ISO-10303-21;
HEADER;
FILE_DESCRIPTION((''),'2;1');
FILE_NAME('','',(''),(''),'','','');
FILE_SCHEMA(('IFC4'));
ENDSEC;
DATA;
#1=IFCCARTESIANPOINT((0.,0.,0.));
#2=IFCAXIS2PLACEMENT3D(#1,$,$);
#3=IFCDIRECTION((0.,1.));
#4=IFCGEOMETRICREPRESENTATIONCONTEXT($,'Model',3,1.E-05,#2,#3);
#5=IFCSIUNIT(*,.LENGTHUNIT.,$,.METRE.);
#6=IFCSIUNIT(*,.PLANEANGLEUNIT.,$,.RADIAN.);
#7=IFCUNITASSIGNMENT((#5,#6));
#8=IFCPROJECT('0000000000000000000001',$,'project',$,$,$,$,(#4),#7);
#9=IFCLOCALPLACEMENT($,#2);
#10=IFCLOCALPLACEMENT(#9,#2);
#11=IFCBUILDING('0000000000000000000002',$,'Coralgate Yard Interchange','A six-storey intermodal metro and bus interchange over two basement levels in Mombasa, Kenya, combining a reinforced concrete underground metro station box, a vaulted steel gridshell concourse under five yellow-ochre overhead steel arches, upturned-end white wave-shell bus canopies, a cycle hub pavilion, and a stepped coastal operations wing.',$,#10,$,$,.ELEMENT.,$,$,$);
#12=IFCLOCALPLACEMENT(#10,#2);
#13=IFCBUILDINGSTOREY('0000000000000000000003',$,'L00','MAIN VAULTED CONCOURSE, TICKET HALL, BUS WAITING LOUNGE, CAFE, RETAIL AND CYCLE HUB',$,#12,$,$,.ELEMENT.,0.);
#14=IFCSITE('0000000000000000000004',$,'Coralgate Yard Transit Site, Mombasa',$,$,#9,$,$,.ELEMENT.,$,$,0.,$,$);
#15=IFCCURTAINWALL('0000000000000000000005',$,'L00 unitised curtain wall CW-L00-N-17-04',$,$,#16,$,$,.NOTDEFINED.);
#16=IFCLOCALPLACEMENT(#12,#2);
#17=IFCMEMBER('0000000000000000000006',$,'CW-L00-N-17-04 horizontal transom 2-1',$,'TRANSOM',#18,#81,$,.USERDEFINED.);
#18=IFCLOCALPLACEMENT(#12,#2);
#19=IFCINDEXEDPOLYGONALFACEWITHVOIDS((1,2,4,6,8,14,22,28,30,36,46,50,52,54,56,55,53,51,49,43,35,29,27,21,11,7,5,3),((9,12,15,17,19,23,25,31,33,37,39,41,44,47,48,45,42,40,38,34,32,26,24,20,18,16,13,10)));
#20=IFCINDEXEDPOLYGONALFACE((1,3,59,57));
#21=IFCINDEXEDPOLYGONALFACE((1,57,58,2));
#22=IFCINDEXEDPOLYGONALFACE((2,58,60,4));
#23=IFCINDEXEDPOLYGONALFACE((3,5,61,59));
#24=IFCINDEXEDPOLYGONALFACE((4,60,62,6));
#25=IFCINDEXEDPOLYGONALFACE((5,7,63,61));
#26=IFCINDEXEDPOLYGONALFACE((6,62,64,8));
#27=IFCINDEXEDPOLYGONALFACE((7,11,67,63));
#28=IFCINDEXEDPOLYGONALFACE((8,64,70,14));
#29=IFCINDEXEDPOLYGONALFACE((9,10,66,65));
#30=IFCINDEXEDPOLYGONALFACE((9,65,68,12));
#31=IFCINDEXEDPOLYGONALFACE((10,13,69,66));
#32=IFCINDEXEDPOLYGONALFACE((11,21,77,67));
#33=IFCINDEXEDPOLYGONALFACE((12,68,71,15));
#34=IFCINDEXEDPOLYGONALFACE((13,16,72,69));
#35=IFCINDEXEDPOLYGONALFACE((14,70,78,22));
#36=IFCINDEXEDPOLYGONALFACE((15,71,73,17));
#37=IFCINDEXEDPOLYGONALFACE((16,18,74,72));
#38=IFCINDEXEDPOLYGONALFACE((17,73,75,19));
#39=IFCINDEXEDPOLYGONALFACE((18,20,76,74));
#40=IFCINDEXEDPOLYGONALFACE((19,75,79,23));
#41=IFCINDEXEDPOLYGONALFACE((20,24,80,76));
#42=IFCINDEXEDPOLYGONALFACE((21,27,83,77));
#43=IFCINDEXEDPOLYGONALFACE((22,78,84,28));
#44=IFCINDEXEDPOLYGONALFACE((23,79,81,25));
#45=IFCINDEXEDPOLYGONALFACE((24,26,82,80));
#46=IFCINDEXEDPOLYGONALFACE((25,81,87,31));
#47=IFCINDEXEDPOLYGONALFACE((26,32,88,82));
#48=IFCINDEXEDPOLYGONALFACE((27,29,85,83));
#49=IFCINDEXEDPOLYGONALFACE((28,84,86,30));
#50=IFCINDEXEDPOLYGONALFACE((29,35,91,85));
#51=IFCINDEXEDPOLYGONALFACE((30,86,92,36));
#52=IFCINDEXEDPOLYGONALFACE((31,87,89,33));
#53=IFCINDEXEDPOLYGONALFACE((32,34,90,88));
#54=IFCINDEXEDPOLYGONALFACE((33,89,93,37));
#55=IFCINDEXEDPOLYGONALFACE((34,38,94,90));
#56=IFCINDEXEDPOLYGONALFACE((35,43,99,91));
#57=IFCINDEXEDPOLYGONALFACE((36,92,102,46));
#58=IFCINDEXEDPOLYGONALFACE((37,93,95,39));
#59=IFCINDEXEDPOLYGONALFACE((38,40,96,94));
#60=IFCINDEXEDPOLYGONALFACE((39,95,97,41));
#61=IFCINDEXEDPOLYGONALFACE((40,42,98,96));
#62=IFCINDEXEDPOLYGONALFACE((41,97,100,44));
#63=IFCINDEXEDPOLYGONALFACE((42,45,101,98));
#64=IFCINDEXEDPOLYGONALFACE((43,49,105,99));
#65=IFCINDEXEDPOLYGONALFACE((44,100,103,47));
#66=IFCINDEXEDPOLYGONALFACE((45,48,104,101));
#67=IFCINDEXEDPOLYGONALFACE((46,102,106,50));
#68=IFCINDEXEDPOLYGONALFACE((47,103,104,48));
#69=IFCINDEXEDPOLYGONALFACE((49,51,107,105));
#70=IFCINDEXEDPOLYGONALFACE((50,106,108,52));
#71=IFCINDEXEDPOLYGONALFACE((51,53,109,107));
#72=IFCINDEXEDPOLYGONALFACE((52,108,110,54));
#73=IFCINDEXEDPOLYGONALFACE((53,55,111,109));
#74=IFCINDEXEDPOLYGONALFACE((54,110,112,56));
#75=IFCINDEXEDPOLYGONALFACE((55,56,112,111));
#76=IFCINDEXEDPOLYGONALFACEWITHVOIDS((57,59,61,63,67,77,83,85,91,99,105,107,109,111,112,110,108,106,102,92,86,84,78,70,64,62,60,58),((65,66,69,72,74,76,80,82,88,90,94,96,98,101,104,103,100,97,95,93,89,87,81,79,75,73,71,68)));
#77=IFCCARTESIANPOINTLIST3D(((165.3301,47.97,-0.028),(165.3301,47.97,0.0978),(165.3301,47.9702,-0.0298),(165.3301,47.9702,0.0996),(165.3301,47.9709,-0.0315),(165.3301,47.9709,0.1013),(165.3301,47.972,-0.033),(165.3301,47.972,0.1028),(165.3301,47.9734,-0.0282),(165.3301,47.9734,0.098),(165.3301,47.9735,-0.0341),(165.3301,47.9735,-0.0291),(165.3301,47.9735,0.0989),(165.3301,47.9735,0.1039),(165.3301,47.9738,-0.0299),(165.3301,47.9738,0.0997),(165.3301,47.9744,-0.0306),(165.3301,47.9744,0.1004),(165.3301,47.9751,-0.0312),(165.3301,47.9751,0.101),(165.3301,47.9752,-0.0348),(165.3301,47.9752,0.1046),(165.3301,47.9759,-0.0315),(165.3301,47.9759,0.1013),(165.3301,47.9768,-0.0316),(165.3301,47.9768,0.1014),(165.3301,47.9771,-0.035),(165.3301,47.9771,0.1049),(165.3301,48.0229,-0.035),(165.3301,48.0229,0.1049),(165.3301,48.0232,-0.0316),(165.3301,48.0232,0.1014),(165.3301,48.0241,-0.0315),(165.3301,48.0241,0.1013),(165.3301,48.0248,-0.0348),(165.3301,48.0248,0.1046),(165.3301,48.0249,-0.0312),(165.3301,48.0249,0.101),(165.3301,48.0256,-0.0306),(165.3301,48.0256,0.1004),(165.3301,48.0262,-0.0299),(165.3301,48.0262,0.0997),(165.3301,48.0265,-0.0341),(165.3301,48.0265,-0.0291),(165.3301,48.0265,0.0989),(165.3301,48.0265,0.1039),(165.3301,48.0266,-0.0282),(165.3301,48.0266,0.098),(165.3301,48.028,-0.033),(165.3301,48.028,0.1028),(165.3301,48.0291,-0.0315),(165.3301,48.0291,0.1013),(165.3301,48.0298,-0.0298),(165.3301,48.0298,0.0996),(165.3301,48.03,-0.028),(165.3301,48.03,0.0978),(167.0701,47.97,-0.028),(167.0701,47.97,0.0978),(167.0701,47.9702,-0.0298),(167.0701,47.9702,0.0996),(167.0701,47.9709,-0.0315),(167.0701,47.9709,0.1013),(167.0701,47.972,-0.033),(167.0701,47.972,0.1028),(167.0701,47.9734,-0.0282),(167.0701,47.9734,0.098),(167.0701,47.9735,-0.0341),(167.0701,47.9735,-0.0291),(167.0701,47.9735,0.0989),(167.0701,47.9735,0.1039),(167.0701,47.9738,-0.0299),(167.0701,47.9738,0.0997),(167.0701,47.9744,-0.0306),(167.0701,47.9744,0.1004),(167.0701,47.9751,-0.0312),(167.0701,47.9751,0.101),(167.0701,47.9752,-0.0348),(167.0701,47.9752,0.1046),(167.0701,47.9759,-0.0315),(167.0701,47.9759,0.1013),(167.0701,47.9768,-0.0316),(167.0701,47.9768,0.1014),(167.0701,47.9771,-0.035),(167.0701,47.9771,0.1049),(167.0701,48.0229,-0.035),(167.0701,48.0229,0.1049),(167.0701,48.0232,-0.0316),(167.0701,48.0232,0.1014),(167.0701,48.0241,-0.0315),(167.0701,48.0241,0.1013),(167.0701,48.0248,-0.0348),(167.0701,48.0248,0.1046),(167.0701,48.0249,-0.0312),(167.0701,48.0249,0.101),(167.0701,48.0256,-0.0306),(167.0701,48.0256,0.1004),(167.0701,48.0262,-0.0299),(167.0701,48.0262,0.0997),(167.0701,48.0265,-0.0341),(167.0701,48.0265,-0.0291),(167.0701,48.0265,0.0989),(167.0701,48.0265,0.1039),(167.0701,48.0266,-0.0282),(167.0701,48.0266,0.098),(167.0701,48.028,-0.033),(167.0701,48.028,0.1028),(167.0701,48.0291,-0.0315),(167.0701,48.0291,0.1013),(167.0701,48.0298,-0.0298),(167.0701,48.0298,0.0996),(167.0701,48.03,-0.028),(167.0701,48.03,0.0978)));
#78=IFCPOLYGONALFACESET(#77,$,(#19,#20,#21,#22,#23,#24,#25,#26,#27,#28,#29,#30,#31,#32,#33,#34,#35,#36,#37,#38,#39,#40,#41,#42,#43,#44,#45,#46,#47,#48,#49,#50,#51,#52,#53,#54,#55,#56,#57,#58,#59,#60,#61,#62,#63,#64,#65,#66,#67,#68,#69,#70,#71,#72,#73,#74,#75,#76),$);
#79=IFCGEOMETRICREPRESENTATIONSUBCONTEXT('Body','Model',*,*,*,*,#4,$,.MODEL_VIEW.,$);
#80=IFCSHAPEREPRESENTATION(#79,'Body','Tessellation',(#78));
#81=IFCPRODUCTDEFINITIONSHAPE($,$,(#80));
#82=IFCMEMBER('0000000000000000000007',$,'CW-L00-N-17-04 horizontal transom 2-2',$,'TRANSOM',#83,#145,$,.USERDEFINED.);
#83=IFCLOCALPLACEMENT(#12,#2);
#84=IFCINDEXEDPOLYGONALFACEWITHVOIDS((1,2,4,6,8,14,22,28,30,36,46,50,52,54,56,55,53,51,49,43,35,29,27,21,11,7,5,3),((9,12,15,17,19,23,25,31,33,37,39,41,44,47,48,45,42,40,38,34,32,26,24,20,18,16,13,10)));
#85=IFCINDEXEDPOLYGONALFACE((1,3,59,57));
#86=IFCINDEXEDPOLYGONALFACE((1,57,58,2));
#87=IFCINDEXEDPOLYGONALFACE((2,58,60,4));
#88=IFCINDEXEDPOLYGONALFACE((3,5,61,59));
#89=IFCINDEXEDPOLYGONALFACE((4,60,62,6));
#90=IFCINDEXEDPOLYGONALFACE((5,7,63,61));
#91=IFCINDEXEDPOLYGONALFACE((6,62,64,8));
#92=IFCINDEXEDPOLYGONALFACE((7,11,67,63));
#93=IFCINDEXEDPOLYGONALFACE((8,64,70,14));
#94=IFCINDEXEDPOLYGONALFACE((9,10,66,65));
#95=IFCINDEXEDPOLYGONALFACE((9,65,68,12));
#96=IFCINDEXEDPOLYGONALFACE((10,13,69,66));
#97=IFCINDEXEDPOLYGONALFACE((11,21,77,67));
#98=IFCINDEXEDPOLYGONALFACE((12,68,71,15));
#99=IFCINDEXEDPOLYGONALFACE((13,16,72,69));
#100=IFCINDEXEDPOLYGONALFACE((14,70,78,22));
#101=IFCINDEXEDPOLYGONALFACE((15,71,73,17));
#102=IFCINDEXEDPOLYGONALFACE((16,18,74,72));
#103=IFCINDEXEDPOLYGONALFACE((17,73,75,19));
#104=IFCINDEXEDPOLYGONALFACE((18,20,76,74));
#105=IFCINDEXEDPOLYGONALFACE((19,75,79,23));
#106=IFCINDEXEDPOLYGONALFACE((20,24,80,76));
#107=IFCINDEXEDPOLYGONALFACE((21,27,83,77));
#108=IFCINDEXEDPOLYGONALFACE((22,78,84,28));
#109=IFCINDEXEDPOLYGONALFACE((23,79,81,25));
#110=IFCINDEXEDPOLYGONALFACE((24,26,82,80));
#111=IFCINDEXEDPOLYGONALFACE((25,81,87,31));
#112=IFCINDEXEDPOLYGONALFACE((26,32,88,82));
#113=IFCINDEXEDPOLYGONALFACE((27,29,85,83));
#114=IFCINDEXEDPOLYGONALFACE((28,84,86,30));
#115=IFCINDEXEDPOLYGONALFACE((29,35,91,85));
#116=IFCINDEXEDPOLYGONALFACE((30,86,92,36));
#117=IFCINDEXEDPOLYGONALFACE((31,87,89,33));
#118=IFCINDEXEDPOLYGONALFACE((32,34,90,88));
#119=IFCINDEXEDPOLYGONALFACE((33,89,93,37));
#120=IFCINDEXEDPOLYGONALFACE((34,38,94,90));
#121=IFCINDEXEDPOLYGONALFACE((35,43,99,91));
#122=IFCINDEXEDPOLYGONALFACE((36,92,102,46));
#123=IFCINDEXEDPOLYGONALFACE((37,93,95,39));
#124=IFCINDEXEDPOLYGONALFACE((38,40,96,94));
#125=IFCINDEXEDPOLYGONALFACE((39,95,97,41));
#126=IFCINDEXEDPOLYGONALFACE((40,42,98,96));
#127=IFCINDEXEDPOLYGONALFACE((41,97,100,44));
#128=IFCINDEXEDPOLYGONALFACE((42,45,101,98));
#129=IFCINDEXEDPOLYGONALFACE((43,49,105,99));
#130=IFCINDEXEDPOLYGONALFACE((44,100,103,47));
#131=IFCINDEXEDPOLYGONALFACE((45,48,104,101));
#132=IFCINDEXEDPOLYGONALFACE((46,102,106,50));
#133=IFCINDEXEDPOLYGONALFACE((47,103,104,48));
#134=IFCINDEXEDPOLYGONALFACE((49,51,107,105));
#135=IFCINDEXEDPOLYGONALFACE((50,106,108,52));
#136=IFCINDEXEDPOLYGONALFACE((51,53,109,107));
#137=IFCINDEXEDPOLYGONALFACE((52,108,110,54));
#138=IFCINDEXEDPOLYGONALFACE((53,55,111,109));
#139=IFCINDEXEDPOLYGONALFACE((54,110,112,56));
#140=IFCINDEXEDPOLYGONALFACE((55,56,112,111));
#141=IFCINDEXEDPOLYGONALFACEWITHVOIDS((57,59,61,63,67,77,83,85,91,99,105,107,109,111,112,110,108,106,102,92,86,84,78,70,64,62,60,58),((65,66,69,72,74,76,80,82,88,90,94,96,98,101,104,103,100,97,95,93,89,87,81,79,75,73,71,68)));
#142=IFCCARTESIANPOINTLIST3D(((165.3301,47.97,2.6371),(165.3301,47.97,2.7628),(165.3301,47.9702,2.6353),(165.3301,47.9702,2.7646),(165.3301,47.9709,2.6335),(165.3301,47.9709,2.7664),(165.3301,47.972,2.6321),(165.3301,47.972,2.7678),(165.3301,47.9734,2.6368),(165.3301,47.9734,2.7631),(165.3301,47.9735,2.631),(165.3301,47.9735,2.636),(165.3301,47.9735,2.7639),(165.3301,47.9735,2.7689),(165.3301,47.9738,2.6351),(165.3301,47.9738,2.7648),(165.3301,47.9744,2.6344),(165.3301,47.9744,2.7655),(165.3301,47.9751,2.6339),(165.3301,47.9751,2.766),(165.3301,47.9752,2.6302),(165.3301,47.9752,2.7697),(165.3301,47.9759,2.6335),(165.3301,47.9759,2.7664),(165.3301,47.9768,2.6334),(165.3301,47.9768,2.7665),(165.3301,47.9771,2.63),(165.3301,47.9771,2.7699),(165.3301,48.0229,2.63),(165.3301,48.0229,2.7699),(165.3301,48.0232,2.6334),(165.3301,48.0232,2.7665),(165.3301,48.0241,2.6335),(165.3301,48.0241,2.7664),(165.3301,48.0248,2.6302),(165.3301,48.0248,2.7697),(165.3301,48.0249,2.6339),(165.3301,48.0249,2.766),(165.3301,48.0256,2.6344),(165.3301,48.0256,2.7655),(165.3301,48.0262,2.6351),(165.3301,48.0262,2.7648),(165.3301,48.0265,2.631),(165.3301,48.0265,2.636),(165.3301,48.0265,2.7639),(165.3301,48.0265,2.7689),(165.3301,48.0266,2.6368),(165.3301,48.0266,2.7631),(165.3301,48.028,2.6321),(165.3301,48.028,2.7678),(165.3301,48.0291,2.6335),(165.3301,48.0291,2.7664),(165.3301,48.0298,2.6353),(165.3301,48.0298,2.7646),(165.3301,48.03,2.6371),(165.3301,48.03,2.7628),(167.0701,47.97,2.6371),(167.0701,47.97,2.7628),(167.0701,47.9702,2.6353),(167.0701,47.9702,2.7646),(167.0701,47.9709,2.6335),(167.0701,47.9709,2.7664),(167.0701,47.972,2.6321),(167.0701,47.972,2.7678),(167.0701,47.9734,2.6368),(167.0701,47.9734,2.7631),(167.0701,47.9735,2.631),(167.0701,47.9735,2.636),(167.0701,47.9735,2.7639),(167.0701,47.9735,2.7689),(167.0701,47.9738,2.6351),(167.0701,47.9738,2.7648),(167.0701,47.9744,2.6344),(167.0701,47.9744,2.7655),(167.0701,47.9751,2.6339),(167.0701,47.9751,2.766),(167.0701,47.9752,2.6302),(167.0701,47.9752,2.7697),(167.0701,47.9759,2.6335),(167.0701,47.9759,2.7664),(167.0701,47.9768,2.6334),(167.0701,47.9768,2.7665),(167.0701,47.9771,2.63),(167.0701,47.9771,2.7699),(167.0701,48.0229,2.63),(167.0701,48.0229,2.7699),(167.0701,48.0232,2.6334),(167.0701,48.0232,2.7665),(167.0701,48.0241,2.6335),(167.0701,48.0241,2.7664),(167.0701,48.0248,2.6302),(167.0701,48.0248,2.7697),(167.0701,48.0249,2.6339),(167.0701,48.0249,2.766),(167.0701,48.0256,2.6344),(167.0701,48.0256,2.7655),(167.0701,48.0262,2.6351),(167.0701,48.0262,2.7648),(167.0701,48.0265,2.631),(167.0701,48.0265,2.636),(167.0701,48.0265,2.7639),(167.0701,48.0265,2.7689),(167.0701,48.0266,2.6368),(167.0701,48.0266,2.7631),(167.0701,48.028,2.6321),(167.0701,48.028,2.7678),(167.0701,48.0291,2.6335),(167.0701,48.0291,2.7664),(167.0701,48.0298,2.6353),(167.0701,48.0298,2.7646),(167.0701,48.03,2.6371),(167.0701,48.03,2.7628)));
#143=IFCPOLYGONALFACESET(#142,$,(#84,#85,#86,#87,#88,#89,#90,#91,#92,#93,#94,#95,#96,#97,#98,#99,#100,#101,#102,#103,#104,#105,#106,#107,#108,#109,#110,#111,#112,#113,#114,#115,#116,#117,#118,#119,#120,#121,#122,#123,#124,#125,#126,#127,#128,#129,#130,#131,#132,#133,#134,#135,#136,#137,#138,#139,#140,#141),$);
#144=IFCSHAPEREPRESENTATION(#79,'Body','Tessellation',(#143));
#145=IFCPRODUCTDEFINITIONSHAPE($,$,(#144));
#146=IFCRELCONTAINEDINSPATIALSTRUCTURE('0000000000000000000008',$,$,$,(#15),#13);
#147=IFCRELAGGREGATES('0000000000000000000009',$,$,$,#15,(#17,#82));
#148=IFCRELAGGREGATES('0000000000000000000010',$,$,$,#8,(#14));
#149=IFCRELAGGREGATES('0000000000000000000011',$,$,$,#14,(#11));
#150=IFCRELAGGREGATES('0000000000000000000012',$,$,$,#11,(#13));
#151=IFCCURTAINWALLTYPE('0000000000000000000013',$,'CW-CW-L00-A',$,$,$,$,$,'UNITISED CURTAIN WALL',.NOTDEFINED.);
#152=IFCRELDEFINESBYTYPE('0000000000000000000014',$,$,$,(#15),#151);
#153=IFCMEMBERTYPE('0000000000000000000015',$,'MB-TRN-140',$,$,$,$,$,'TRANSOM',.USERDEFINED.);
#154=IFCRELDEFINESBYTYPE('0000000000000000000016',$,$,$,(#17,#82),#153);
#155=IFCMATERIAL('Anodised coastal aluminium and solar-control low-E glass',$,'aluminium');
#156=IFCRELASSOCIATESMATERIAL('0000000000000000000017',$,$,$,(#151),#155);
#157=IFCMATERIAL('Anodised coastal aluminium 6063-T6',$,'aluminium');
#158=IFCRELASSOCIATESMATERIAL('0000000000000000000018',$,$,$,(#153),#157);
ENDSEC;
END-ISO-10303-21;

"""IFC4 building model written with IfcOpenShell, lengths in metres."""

from ifc_helpers import new_model, si_unit, direction, frame, origin, origin_2d, place, context, subcontext, project, spatial, hollow_rectangle, extrude, material, material_profile, profile_set, type_object, element, aggregate, save


model = new_model("IFC4")

# Units and contexts
model_context = context("Model", 3, precision=1e-05, world=origin(), true_north=direction((0.0, 1.0)))
body_context = subcontext(model_context, "Body", "Model", "MODEL_VIEW")
ifc_project = project(units=[si_unit("LENGTHUNIT", "METRE"), si_unit("PLANEANGLEUNIT", "RADIAN")], contexts=[model_context])

# Site, building, storey
site_placement = place(None, origin())
site = spatial("IfcSite", under=ifc_project, at=site_placement, Name="Coralgate Yard Transit Site, Mombasa", CompositionType="ELEMENT", RefElevation=0.0)
building_placement = place(site_placement, origin())
building = spatial("IfcBuilding", under=site, at=building_placement, Name="Coralgate Yard Interchange", Description="A six-storey intermodal metro and bus interchange over two basement levels in Mombasa, Kenya, combining a reinforced concrete underground metro station box, a vaulted steel gridshell concourse under five yellow-ochre overhead steel arches, upturned-end white wave-shell bus canopies, a cycle hub pavilion, and a stepped coastal operations wing.", CompositionType="ELEMENT")
storey_placement = place(building_placement, origin())
storey = spatial("IfcBuildingStorey", under=building, at=storey_placement, Name="L00", Description="MAIN VAULTED CONCOURSE, TICKET HALL, BUS WAITING LOUNGE, CAFE, RETAIL AND CYCLE HUB", CompositionType="ELEMENT", Elevation=0.0)

# Curtain wall, members
ifc_material_1 = material(Name="Anodised coastal aluminium and solar-control low-E glass", Category="aluminium")
curtain_wall_type = type_object("IfcCurtainWallType", Name="CW-CW-L00-A", ElementType="UNITISED CURTAIN WALL", PredefinedType="NOTDEFINED", material=ifc_material_1)
curtain_wall_placement = place(storey_placement, origin())
curtain_wall = element("IfcCurtainWall", 1, at=curtain_wall_placement, inside=storey, type_object=curtain_wall_type, Name="L00 unitised curtain wall CW-L00-N-17-04", PredefinedType="NOTDEFINED")
ifc_material_2 = material(Name="Anodised coastal aluminium 6063-T6", Category="aluminium")
ifc_material_profile_1 = material_profile(ifc_material_2, hollow_rectangle(XDim=0.0601, YDim=0.1399, WallThickness=0.0034, InnerFilletRadius=0.0034, OuterFilletRadius=0.0071, at=origin_2d()), Name="ALU 60x140x3.5")
ifc_profile_set_1 = profile_set([ifc_material_profile_1], Name="Anodised coastal aluminium 6063-T6")
member_type_1 = type_object("IfcMemberType", Name="MB-TRN-140", ElementType="TRANSOM", PredefinedType="USERDEFINED", material=ifc_profile_set_1)
member_1_placement = place(storey_placement, frame((165.3301, 48.0, 0.0349), z_axis=(1.0, 0.0, 0.0), x_axis=(0.0, 1.0, 0.0)))
member_1 = element("IfcMember", 2, at=member_1_placement, type_object=member_type_1, Name="CW-L00-N-17-04 horizontal transom 2-1", ObjectType="TRANSOM", PredefinedType="USERDEFINED", context=body_context, shape_type="SweptSolid", body=[
    extrude(hollow_rectangle(XDim=0.0601, YDim=0.1399, WallThickness=0.0034, InnerFilletRadius=0.0034, OuterFilletRadius=0.0071, at=origin_2d()), origin(), (0.0, 0.0, 1.0), 1.74),
])
member_2_placement = place(storey_placement, frame((165.3301, 48.0, 2.7), z_axis=(1.0, 0.0, 0.0), x_axis=(0.0, 1.0, 0.0)))
member_2 = element("IfcMember", 3, at=member_2_placement, type_object=member_type_1, Name="CW-L00-N-17-04 horizontal transom 2-2", ObjectType="TRANSOM", PredefinedType="USERDEFINED", context=body_context, shape_type="SweptSolid", body=[
    extrude(hollow_rectangle(XDim=0.0601, YDim=0.1399, WallThickness=0.0034, InnerFilletRadius=0.0034, OuterFilletRadius=0.0071, at=origin_2d()), origin(), (0.0, 0.0, 1.0), 1.74),
])
aggregate(curtain_wall, [member_1, member_2])

save(model, "model.ifc")
